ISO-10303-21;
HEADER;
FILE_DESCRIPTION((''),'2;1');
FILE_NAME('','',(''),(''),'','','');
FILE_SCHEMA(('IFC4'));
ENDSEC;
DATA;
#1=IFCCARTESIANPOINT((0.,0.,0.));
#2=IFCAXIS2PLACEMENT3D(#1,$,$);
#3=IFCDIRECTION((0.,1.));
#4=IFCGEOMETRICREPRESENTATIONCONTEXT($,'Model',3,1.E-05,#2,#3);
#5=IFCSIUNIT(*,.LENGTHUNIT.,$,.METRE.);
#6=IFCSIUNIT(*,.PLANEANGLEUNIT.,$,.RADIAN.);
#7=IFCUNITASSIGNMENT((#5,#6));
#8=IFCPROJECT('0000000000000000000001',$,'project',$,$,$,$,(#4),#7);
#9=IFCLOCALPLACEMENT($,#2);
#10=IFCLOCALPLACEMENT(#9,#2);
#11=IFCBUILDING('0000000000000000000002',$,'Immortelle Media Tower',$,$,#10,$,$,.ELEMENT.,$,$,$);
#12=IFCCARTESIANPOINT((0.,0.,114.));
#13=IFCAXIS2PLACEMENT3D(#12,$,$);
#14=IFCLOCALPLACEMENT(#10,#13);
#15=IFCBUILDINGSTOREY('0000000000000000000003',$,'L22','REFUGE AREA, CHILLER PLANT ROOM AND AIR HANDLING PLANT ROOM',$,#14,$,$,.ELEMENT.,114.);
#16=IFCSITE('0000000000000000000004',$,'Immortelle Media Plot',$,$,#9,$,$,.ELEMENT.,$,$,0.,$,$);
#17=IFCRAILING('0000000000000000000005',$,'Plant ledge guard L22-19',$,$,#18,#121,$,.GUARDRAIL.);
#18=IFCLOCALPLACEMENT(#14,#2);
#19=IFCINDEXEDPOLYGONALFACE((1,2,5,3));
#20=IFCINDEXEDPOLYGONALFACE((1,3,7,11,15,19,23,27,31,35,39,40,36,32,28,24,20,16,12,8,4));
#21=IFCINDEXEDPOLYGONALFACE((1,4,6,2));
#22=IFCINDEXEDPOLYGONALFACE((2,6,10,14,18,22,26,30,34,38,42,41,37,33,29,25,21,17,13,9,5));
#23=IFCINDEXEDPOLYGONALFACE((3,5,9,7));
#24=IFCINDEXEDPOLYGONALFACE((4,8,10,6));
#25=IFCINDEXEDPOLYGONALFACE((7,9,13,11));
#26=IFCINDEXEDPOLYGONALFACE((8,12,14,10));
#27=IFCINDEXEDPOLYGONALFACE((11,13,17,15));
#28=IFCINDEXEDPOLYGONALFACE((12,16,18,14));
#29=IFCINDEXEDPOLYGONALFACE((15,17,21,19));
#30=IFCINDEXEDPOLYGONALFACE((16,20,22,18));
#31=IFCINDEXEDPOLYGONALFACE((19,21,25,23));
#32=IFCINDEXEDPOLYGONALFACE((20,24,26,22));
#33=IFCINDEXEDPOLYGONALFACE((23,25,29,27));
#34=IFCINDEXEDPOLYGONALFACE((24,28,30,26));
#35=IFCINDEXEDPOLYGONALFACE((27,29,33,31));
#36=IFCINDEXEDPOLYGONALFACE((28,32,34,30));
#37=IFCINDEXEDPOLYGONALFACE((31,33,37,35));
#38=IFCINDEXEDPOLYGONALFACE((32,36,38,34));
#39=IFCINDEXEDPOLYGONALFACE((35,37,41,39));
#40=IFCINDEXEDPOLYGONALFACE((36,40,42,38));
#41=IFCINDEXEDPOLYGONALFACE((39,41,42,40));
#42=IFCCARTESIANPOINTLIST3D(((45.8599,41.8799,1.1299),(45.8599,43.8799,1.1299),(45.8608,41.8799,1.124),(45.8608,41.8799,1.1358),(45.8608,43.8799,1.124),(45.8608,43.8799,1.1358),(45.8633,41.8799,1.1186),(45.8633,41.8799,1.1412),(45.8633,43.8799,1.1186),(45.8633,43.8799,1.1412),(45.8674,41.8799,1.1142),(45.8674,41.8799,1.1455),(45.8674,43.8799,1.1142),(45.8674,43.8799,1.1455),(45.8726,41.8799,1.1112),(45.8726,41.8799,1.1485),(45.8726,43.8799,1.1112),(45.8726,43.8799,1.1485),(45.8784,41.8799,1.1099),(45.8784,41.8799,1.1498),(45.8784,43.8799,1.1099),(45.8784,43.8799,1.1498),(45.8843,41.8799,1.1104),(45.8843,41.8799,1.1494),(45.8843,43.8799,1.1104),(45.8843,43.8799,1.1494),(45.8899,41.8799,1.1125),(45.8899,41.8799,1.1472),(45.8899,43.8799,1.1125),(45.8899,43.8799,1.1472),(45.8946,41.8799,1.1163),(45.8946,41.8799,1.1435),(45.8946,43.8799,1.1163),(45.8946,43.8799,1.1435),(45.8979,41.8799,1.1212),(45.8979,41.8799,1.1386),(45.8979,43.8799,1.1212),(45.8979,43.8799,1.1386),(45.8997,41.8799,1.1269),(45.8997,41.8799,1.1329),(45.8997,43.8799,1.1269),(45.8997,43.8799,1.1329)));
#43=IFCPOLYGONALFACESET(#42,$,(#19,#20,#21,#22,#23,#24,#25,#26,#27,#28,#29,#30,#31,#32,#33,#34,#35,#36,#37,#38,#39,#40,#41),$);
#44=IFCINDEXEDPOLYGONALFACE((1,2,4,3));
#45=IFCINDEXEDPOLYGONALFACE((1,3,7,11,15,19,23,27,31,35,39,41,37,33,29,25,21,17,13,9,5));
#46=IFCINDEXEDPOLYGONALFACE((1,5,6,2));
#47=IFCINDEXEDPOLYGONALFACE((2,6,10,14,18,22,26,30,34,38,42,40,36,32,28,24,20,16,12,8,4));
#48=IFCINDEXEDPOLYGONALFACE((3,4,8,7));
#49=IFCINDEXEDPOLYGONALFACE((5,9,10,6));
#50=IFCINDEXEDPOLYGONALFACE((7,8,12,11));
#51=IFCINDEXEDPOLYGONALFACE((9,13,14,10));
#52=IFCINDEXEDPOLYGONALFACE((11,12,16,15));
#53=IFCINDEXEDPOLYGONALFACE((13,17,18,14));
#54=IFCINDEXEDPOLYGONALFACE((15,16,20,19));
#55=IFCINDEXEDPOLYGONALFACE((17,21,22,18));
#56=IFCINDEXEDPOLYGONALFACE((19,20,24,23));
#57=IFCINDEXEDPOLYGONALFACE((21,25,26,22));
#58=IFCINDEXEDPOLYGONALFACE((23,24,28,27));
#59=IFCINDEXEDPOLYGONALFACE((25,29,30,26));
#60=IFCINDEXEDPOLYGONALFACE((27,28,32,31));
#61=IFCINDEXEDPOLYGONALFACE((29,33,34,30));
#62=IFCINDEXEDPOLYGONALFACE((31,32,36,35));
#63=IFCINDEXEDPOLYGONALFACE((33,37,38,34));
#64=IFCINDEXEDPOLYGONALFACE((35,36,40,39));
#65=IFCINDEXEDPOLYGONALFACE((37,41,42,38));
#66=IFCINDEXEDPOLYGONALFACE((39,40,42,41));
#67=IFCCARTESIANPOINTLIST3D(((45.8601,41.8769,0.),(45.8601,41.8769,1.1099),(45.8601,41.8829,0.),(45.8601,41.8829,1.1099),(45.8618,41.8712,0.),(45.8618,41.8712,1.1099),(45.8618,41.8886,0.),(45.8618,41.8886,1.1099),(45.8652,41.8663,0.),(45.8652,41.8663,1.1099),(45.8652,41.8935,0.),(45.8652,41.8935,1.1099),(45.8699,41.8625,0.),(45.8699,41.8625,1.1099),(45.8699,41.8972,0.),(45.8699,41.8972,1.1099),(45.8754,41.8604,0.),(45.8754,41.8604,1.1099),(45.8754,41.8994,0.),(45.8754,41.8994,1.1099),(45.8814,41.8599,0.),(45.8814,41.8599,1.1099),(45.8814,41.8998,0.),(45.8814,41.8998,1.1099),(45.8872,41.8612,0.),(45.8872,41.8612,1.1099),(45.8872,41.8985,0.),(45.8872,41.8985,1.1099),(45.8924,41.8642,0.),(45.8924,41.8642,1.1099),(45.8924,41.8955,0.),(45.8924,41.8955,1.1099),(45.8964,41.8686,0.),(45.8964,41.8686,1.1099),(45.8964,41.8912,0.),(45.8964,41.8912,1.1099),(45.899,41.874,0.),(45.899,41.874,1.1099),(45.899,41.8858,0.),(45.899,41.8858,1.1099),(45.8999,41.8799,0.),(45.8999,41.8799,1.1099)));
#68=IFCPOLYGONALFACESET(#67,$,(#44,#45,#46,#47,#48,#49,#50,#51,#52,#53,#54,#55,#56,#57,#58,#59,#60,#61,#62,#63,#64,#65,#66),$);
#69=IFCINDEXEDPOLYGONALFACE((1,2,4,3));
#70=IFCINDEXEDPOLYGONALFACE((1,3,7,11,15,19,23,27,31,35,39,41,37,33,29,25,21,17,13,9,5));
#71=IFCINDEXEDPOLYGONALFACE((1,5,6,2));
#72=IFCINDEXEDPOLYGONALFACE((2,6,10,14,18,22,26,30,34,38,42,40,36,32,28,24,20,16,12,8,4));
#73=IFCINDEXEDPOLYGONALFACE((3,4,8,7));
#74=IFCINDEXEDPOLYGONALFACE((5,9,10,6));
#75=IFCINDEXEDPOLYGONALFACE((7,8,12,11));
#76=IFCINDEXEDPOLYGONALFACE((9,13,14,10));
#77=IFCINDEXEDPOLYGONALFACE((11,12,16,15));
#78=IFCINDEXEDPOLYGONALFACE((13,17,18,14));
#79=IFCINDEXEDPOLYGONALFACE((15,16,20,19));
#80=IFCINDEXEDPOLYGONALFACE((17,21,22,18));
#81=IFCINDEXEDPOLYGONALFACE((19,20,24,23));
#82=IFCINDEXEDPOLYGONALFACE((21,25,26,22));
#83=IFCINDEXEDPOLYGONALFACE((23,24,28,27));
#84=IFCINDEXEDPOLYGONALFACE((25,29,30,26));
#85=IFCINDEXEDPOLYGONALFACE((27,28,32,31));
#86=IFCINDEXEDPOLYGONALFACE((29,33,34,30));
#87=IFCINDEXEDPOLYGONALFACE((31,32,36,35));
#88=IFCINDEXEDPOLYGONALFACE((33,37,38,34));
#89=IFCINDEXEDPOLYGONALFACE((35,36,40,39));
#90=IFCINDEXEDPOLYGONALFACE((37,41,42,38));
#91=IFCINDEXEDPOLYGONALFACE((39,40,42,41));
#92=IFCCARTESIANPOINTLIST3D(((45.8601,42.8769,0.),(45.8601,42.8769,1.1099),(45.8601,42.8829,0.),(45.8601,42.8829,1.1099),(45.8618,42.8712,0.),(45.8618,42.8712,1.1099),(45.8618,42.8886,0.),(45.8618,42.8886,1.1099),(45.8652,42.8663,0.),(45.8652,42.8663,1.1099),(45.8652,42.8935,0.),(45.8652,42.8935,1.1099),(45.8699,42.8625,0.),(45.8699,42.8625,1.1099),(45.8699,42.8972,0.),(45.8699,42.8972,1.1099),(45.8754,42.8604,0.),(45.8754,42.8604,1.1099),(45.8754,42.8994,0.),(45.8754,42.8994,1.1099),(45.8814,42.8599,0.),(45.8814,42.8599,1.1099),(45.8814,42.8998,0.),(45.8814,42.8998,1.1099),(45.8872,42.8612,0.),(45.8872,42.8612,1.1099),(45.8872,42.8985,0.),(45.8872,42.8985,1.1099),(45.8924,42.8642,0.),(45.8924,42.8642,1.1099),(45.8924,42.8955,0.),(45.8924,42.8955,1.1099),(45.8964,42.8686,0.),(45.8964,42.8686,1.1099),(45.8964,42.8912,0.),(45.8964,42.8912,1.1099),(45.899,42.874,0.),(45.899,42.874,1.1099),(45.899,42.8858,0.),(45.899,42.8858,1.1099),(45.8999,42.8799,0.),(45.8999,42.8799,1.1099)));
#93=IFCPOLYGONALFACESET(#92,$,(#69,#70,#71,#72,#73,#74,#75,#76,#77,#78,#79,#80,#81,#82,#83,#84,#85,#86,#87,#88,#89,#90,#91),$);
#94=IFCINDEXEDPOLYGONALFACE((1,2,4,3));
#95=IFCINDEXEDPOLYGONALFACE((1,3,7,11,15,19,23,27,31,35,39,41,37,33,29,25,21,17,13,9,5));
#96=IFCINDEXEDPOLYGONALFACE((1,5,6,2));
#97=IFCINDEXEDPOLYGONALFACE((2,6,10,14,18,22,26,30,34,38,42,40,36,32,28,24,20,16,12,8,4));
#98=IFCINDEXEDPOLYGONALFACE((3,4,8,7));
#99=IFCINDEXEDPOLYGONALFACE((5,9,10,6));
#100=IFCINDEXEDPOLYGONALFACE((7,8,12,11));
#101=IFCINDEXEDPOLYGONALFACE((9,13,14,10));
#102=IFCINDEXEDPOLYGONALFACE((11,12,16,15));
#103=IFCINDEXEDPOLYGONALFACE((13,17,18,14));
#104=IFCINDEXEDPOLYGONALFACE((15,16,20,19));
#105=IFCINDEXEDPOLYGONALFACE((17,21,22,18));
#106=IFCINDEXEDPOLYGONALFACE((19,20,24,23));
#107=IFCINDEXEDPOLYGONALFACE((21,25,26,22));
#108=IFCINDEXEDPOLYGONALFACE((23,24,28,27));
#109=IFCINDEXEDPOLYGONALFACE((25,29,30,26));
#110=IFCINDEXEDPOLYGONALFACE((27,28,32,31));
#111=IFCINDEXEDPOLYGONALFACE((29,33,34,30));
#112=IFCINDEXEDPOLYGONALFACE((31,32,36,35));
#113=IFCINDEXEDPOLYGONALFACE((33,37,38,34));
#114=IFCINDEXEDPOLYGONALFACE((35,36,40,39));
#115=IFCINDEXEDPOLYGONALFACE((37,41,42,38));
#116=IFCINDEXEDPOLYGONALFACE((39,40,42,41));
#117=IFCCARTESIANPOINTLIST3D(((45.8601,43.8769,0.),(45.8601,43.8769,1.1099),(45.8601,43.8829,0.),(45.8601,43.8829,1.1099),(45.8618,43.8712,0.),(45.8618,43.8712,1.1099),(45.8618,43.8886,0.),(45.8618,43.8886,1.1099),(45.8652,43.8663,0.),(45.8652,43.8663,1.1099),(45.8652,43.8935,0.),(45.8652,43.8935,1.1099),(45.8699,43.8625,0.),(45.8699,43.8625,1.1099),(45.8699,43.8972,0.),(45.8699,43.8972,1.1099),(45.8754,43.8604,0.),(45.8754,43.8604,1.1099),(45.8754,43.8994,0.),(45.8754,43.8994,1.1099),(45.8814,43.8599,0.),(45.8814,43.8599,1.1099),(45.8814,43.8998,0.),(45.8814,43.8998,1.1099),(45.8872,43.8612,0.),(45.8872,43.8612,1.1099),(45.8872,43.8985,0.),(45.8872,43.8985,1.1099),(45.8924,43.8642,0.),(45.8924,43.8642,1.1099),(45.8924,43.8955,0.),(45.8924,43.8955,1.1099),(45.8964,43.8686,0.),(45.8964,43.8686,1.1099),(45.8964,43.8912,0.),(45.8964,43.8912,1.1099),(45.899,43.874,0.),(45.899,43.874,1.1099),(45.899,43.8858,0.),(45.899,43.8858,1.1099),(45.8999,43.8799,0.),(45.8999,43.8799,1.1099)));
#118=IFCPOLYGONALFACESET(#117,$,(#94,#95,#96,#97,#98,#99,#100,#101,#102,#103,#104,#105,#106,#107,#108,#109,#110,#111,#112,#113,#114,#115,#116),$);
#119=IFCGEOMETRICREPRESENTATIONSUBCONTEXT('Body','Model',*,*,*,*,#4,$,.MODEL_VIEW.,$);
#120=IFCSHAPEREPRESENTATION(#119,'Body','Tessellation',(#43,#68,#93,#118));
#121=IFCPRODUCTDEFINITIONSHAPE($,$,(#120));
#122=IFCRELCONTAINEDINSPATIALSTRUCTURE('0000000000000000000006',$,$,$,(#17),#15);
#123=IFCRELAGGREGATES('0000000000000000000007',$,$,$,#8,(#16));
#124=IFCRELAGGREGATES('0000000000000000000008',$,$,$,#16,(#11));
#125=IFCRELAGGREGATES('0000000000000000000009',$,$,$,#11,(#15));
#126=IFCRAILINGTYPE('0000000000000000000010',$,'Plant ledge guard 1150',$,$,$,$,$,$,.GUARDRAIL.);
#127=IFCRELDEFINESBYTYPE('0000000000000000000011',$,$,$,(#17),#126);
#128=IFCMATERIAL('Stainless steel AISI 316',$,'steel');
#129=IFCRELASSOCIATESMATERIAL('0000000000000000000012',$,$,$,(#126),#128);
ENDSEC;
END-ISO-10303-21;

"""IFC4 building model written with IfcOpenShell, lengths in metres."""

from ifc_helpers import new_model, si_unit, direction, frame, origin, origin_2d, place, context, subcontext, project, spatial, circle, extrude, material, type_object, element, save


model = new_model("IFC4")

# Units and contexts
model_context = context("Model", 3, precision=1e-05, world=origin(), true_north=direction((0.0, 1.0)))
body_context = subcontext(model_context, "Body", "Model", "MODEL_VIEW")
ifc_project = project(units=[si_unit("LENGTHUNIT", "METRE"), si_unit("PLANEANGLEUNIT", "RADIAN")], contexts=[model_context])

# Site, building, storey
site_placement = place(None, origin())
site = spatial("IfcSite", under=ifc_project, at=site_placement, Name="Immortelle Media Plot", CompositionType="ELEMENT", RefElevation=0.0)
building_placement = place(site_placement, origin())
building = spatial("IfcBuilding", under=site, at=building_placement, Name="Immortelle Media Tower", CompositionType="ELEMENT")
storey_placement = place(building_placement, frame((0.0, 0.0, 114.0)))
storey = spatial("IfcBuildingStorey", under=building, at=storey_placement, Name="L22", Description="REFUGE AREA, CHILLER PLANT ROOM AND AIR HANDLING PLANT ROOM", CompositionType="ELEMENT", Elevation=114.0)

# Railing
ifc_material_1 = material(Name="Stainless steel AISI 316", Category="steel")
railing_type = type_object("IfcRailingType", Name="Plant ledge guard 1150", PredefinedType="GUARDRAIL", material=ifc_material_1)
railing_1_placement = place(storey_placement, frame((45.8799, 41.8799, 0.0)))
element("IfcRailing", 1, at=railing_1_placement, inside=storey, type_object=railing_type, Name="Plant ledge guard L22-19", PredefinedType="GUARDRAIL", context=body_context, shape_type="SweptSolid", body=[
    extrude(circle(Radius=0.02, at=origin_2d()), frame((0.0, 0.0, 1.1299), z_axis=(0.0, 1.0, 0.0), x_axis=(-1.0, 0.0, 0.0)), (0.0, 0.0, 1.0), 2.0),
    extrude(circle(Radius=0.02, at=origin_2d()), origin(), (0.0, 0.0, 1.0), 1.1099),
    extrude(circle(Radius=0.02, at=origin_2d()), frame((0.0, 1.0, 0.0)), (0.0, 0.0, 1.0), 1.1099),
    extrude(circle(Radius=0.02, at=origin_2d()), frame((0.0, 2.0, 0.0)), (0.0, 0.0, 1.0), 1.1099),
])

save(model, "model.ifc")
